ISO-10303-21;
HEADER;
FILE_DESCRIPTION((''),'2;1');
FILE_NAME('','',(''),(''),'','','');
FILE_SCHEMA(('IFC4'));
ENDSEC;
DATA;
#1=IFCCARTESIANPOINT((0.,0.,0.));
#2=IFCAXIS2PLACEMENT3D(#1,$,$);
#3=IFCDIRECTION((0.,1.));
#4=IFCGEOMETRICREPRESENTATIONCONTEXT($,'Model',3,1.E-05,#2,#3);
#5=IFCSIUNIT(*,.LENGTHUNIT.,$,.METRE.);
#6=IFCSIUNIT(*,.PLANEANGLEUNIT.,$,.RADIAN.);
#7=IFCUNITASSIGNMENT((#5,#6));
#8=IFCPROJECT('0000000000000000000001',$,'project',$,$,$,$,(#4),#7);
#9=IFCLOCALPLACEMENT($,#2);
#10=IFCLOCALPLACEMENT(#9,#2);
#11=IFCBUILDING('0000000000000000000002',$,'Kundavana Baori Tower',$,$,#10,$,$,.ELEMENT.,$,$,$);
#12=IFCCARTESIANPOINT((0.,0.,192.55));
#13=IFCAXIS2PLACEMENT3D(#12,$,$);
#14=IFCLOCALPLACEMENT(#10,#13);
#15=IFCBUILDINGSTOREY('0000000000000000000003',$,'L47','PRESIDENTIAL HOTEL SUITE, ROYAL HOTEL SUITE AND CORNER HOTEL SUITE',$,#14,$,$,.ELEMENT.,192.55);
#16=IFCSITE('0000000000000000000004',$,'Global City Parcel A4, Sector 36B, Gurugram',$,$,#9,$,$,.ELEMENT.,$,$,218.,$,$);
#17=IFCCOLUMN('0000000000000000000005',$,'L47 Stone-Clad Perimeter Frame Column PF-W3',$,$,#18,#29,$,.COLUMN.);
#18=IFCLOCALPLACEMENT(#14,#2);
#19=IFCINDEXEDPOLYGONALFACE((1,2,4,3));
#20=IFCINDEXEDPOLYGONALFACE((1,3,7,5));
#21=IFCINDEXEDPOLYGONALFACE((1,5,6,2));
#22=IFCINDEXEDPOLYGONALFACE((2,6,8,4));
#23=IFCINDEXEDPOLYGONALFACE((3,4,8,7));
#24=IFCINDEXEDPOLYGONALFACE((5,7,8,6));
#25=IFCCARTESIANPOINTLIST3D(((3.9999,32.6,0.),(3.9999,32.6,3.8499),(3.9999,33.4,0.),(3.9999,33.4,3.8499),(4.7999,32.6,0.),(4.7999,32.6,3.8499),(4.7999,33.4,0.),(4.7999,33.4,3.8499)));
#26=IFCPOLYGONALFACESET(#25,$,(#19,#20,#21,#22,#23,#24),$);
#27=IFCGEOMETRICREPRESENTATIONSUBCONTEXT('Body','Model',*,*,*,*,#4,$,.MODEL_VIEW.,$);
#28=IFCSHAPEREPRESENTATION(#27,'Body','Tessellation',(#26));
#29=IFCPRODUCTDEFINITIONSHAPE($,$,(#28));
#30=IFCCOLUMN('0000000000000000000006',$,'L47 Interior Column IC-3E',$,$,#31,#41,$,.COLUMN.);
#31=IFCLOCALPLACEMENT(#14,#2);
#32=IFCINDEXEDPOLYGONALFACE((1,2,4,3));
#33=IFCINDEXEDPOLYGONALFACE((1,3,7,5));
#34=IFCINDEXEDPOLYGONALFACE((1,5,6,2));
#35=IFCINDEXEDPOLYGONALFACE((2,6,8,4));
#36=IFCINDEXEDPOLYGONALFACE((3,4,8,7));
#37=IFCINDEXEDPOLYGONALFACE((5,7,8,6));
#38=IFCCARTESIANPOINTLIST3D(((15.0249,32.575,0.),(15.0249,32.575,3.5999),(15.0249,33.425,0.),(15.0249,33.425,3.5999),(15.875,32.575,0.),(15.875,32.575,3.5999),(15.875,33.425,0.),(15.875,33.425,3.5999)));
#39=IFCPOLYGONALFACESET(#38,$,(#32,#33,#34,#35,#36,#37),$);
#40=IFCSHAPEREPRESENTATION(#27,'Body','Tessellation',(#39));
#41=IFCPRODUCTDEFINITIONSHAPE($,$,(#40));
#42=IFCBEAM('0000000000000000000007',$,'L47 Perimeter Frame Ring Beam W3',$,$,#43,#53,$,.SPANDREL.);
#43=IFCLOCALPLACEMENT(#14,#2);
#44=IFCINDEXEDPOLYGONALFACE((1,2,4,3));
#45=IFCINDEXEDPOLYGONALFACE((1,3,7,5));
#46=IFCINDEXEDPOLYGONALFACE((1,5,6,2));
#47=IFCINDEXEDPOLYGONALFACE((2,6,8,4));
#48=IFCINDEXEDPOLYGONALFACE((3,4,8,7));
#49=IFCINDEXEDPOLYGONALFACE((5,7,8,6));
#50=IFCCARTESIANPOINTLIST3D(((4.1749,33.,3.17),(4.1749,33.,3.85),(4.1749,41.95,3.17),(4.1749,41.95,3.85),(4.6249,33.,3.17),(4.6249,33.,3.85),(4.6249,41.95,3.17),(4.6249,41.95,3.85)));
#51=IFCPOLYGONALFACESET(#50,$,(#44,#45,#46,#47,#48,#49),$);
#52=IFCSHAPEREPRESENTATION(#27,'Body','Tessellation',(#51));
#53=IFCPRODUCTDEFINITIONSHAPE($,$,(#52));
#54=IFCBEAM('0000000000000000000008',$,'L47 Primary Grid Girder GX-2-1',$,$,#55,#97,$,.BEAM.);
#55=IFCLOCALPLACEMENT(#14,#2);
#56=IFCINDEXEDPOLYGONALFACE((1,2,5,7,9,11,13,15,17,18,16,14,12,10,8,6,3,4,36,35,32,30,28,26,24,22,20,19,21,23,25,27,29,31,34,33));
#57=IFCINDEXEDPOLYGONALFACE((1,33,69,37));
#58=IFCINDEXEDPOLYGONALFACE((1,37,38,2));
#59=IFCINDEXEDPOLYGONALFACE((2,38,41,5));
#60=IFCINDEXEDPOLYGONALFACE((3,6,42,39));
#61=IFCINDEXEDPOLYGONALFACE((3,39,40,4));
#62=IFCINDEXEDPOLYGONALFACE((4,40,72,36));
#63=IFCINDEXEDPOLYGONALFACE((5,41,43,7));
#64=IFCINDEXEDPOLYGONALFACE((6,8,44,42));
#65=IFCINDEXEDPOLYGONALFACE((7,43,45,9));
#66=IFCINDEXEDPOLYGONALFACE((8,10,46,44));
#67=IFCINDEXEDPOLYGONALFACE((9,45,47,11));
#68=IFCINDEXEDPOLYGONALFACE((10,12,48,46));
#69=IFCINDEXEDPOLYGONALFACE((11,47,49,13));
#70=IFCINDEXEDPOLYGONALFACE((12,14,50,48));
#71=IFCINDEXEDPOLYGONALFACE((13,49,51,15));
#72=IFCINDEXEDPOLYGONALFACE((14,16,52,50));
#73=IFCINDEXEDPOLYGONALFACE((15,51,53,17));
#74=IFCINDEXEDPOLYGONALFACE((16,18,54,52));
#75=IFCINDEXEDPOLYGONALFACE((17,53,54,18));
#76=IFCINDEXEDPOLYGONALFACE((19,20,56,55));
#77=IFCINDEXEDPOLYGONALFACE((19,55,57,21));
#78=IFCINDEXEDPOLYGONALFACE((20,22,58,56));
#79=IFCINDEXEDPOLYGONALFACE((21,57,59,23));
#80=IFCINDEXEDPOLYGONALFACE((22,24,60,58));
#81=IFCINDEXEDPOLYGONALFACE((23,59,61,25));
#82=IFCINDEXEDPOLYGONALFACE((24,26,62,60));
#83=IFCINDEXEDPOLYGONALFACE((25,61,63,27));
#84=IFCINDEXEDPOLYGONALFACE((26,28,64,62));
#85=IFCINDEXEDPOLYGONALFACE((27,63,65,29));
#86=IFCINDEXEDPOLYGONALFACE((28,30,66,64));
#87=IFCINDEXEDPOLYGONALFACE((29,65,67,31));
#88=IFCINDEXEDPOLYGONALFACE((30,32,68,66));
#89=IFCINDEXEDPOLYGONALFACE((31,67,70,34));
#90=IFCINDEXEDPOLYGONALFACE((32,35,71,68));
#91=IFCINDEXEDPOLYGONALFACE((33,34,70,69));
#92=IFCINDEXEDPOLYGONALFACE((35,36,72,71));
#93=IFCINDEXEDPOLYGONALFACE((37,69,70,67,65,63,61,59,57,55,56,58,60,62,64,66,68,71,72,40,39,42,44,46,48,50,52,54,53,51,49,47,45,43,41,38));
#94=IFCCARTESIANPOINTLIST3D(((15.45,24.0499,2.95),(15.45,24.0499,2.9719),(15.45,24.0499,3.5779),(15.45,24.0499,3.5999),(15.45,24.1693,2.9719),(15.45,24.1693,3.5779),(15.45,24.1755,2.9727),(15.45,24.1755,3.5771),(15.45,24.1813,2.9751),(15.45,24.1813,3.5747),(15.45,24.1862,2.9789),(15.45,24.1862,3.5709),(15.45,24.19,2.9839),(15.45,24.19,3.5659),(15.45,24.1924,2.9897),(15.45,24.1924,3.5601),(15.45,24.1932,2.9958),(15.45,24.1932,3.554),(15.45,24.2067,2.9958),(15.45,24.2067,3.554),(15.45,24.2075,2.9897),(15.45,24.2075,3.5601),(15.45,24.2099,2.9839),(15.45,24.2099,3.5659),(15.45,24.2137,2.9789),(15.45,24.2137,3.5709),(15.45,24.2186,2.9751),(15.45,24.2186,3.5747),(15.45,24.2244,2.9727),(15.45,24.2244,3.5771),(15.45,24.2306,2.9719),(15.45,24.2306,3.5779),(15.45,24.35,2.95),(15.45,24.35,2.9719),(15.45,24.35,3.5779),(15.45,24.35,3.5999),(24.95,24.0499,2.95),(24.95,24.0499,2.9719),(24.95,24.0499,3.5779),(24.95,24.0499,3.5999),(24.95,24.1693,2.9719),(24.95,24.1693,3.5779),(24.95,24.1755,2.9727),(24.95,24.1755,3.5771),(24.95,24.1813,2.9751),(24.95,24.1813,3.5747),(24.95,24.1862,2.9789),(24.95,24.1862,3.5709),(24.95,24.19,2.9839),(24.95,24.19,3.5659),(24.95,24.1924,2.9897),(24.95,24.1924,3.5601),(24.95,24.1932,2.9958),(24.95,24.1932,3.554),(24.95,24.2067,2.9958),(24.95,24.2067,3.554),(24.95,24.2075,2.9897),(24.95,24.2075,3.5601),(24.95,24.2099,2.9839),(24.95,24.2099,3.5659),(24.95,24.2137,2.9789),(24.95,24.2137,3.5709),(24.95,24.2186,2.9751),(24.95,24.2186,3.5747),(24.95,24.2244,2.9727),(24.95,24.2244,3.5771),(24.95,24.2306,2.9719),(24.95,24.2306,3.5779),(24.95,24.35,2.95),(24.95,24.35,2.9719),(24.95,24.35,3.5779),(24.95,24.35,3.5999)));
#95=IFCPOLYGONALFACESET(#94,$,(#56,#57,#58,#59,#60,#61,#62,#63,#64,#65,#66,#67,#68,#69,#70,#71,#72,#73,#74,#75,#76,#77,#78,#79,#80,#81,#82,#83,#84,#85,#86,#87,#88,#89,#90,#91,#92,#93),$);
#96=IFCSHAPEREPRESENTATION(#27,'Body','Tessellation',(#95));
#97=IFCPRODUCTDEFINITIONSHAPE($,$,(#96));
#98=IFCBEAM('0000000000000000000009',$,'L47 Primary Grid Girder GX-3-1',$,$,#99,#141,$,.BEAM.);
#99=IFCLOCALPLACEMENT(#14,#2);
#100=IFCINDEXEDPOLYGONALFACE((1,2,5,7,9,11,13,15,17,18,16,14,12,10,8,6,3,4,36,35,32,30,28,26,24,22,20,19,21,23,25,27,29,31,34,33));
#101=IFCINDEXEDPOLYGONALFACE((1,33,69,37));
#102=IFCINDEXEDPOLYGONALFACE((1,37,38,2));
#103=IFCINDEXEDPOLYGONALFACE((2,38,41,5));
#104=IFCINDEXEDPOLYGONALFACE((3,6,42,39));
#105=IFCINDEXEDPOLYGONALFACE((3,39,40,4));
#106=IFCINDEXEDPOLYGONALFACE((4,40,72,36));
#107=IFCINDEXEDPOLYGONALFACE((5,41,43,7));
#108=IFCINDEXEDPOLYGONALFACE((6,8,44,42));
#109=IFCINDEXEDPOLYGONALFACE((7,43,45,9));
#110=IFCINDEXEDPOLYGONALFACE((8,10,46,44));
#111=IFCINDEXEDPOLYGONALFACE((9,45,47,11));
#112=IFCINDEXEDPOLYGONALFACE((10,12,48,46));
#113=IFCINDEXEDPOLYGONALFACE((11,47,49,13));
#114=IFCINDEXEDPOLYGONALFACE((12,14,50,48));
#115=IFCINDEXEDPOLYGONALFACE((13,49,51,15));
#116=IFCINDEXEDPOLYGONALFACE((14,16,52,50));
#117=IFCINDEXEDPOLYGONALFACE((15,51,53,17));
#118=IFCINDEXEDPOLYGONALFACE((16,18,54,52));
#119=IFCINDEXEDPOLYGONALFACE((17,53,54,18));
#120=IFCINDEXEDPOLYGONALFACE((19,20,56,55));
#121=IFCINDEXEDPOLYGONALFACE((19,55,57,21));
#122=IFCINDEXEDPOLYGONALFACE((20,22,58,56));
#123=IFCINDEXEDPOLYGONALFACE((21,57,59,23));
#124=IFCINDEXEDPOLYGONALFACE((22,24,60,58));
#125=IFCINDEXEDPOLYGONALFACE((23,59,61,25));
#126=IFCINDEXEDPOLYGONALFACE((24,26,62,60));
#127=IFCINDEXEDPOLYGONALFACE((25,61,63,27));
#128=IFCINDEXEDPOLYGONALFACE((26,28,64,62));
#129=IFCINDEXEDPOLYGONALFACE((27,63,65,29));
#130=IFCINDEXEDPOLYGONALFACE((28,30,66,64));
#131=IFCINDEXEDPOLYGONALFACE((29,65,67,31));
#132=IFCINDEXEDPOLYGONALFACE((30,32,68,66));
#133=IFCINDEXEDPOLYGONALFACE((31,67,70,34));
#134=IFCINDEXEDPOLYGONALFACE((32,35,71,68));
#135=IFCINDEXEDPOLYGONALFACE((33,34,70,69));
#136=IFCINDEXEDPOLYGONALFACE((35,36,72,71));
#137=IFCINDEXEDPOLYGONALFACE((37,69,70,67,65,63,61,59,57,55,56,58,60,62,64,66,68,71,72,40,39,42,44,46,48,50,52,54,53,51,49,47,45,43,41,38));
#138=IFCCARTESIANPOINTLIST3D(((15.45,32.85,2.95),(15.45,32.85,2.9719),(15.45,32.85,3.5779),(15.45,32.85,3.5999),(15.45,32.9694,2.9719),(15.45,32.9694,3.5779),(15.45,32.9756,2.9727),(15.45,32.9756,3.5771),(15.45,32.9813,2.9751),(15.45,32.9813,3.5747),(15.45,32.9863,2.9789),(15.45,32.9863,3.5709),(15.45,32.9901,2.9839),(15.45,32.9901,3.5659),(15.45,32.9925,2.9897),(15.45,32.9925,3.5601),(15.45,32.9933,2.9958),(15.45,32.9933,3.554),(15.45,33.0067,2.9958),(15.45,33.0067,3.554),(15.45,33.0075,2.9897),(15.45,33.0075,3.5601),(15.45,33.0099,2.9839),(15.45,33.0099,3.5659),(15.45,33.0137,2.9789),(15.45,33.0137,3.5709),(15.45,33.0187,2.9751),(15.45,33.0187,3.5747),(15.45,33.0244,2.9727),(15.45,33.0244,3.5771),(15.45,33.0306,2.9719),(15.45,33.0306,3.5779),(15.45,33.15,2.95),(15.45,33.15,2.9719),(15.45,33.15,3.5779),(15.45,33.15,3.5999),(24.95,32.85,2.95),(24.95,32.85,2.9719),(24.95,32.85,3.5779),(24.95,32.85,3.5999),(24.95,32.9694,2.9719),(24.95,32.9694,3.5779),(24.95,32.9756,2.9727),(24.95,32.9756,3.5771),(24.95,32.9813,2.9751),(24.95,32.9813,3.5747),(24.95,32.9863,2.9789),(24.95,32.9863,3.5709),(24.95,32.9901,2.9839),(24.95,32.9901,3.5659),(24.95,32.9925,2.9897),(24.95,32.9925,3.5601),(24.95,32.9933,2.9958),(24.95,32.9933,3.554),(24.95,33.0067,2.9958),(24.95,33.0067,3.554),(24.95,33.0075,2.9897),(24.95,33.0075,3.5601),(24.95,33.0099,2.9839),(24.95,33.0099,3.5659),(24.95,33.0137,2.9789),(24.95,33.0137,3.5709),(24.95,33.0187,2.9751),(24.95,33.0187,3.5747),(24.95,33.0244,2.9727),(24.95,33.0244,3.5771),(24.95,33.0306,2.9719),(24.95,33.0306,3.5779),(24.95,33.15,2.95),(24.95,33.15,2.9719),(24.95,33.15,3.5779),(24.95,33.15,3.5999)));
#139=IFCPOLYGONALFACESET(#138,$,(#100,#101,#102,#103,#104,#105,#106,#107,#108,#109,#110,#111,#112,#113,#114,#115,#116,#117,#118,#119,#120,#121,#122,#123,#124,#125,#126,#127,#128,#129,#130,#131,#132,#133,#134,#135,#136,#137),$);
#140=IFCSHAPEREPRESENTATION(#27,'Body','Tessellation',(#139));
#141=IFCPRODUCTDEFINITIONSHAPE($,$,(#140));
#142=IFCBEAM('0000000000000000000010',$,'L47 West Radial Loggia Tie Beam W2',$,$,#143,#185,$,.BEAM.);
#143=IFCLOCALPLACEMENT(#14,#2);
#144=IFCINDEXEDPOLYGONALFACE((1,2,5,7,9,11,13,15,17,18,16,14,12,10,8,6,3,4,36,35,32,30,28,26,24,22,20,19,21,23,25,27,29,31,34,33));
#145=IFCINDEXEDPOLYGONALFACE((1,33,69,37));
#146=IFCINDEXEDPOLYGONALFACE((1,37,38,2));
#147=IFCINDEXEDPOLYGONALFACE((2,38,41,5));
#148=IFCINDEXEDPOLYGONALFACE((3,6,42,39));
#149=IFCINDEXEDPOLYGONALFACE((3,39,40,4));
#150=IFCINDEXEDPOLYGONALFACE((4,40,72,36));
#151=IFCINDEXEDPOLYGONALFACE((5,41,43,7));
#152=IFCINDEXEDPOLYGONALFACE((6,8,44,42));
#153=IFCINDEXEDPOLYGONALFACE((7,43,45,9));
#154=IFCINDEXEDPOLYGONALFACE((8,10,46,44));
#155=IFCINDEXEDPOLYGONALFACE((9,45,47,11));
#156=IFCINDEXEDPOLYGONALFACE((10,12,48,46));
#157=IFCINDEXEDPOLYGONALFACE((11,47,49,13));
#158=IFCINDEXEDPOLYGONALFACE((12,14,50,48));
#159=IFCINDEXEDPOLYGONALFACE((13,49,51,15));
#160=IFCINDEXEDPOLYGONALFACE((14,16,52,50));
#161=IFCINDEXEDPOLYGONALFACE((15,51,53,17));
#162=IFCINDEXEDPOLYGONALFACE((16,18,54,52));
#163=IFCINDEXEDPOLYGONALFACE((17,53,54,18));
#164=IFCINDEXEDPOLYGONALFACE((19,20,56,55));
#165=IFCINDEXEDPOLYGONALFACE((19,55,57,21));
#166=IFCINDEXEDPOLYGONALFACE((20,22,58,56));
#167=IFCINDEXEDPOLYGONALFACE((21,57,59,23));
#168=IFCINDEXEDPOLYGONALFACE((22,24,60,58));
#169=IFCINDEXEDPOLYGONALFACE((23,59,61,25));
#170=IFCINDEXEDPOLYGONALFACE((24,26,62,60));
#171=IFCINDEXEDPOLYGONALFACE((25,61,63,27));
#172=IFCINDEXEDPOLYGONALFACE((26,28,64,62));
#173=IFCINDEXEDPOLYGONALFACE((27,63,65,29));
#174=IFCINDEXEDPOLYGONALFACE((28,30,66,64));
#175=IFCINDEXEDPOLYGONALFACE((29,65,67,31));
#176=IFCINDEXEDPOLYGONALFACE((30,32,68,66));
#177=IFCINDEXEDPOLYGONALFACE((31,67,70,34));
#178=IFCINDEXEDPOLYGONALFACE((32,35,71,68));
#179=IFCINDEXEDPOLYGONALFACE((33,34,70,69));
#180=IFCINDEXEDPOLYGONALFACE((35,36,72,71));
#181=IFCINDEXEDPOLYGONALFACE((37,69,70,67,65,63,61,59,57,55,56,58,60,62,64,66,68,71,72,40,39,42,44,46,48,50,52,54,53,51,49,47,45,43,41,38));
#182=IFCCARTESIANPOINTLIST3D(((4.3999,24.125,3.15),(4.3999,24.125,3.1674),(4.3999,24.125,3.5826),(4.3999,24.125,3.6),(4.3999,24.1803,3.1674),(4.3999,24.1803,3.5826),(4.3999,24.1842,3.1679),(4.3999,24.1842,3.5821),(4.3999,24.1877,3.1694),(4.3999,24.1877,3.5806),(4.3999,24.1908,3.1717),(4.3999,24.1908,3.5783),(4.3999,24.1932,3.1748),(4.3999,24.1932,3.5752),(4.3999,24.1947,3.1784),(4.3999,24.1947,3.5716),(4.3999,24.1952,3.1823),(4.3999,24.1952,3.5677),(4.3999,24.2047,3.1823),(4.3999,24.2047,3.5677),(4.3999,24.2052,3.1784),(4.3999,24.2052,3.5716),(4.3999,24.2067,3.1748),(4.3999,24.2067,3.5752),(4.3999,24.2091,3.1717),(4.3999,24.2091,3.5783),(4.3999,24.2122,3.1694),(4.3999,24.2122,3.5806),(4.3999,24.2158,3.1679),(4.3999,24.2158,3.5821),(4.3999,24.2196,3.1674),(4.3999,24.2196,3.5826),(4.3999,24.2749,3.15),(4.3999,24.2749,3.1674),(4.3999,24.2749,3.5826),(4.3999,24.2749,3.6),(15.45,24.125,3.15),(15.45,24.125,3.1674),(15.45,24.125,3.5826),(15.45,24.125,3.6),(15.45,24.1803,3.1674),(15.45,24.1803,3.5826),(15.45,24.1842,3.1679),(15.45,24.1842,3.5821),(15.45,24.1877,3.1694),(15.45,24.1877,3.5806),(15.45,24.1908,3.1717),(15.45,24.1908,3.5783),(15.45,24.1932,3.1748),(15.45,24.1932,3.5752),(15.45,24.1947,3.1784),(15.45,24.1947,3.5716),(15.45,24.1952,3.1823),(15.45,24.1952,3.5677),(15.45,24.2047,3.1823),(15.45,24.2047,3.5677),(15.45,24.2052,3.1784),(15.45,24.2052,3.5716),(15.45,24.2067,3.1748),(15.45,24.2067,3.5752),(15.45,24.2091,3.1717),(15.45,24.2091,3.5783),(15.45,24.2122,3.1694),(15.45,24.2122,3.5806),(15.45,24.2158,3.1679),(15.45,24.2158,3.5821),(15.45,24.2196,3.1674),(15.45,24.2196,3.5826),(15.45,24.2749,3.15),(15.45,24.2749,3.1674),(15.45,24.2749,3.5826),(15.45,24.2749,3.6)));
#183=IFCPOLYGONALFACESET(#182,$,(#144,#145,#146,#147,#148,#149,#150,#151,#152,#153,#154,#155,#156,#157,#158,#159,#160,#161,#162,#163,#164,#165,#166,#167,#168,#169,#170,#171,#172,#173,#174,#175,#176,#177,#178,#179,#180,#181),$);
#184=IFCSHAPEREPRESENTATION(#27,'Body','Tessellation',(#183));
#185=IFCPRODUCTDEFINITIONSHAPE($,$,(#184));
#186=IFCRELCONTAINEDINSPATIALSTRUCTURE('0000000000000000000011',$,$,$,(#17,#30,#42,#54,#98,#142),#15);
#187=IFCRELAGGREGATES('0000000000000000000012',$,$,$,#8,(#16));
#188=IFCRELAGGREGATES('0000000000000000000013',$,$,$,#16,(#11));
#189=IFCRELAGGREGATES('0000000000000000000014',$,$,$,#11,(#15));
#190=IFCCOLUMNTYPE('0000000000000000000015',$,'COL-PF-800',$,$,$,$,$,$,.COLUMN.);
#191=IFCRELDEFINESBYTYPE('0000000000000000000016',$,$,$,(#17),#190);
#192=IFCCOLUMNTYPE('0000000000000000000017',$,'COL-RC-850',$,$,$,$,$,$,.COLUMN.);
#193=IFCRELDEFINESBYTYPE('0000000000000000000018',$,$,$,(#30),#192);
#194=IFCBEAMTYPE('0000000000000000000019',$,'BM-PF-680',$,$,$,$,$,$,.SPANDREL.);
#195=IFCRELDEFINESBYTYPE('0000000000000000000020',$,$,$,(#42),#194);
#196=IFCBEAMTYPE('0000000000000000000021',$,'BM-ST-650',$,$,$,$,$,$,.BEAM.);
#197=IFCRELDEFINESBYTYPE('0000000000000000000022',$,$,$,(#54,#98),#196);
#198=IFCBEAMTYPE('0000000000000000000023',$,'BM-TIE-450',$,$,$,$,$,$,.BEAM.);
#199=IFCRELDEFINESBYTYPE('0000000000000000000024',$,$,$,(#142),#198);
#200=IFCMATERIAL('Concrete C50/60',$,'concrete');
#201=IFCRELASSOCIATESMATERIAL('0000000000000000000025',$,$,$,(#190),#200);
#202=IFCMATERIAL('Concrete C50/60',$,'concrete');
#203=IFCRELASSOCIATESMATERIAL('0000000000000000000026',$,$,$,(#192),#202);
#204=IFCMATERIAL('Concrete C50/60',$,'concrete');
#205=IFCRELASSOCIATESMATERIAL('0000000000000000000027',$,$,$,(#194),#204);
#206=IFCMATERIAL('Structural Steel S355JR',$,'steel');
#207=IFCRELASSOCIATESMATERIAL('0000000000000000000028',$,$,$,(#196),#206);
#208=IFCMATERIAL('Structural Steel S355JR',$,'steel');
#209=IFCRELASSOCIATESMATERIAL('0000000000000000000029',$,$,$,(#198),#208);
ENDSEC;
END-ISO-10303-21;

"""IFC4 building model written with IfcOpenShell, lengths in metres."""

from ifc_helpers import new_model, si_unit, direction, frame, origin, origin_2d, place, context, subcontext, project, spatial, rectangle, i_section, extrude, material, material_profile, profile_set, type_object, element, save


model = new_model("IFC4")

# Units and contexts
model_context = context("Model", 3, precision=1e-05, world=origin(), true_north=direction((0.0, 1.0)))
body_context = subcontext(model_context, "Body", "Model", "MODEL_VIEW")
ifc_project = project(units=[si_unit("LENGTHUNIT", "METRE"), si_unit("PLANEANGLEUNIT", "RADIAN")], contexts=[model_context])

# Site, building, storey
site_placement = place(None, origin())
site = spatial("IfcSite", under=ifc_project, at=site_placement, Name="Global City Parcel A4, Sector 36B, Gurugram", CompositionType="ELEMENT", RefElevation=218.0)
building_placement = place(site_placement, origin())
building = spatial("IfcBuilding", under=site, at=building_placement, Name="Kundavana Baori Tower", CompositionType="ELEMENT")
storey_placement = place(building_placement, frame((0.0, 0.0, 192.55)))
storey = spatial("IfcBuildingStorey", under=building, at=storey_placement, Name="L47", Description="PRESIDENTIAL HOTEL SUITE, ROYAL HOTEL SUITE AND CORNER HOTEL SUITE", CompositionType="ELEMENT", Elevation=192.55)

# Columns
ifc_material_1 = material(Name="Concrete C50/60", Category="concrete")
ifc_material_profile_1 = material_profile(ifc_material_1, rectangle(XDim=0.8, YDim=0.8, at=origin_2d()), Name="RC PF 800x800")
ifc_profile_set_1 = profile_set([ifc_material_profile_1], Name="Concrete C50/60")
column_type_1 = type_object("IfcColumnType", Name="COL-PF-800", PredefinedType="COLUMN", material=ifc_profile_set_1)
column_1_placement = place(storey_placement, frame((4.3999, 33.0, 0.0), z_axis=(0.0, 0.0, 1.0), x_axis=(1.0, 0.0, 0.0)))
element("IfcColumn", 1, at=column_1_placement, inside=storey, type_object=column_type_1, Name="L47 Stone-Clad Perimeter Frame Column PF-W3", PredefinedType="COLUMN", context=body_context, shape_type="SweptSolid", body=[
    extrude(rectangle(XDim=0.8, YDim=0.8, at=origin_2d()), origin(), (0.0, 0.0, 1.0), 3.8499),
])
ifc_material_2 = material(Name="Concrete C50/60", Category="concrete")
ifc_material_profile_2 = material_profile(ifc_material_2, rectangle(XDim=0.8501, YDim=0.8501, at=origin_2d()), Name="RC 850x850")
ifc_profile_set_2 = profile_set([ifc_material_profile_2], Name="Concrete C50/60")
column_type_2 = type_object("IfcColumnType", Name="COL-RC-850", PredefinedType="COLUMN", material=ifc_profile_set_2)
column_2_placement = place(storey_placement, frame((15.45, 33.0, 0.0), z_axis=(0.0, 0.0, 1.0), x_axis=(1.0, 0.0, 0.0)))
element("IfcColumn", 2, at=column_2_placement, inside=storey, type_object=column_type_2, Name="L47 Interior Column IC-3E", PredefinedType="COLUMN", context=body_context, shape_type="SweptSolid", body=[
    extrude(rectangle(XDim=0.8501, YDim=0.8501, at=origin_2d()), origin(), (0.0, 0.0, 1.0), 3.5999),
])

# Beams
ifc_material_3 = material(Name="Concrete C50/60", Category="concrete")
ifc_material_profile_3 = material_profile(ifc_material_3, rectangle(XDim=0.45, YDim=0.6799, at=origin_2d()), Name="RC BM 450x680")
ifc_profile_set_3 = profile_set([ifc_material_profile_3], Name="Concrete C50/60")
beam_type_1 = type_object("IfcBeamType", Name="BM-PF-680", PredefinedType="SPANDREL", material=ifc_profile_set_3)
beam_placement = place(storey_placement, frame((4.3999, 33.0, 3.51), z_axis=(0.0, 1.0, 0.0), x_axis=(-1.0, 0.0, 0.0)))
element("IfcBeam", 3, at=beam_placement, inside=storey, type_object=beam_type_1, Name="L47 Perimeter Frame Ring Beam W3", PredefinedType="SPANDREL", context=body_context, shape_type="SweptSolid", body=[
    extrude(rectangle(XDim=0.45, YDim=0.6799, at=origin_2d()), origin(), (0.0, 0.0, 1.0), 8.95),
])
ifc_material_4 = material(Name="Structural Steel S355JR", Category="steel")
ifc_material_profile_4 = material_profile(ifc_material_4, i_section(OverallWidth=0.3, OverallDepth=0.6499, WebThickness=0.0134, FlangeThickness=0.022, FilletRadius=0.0239, at=origin_2d()), Name="NPB 650x300x155")
ifc_profile_set_4 = profile_set([ifc_material_profile_4], Name="Structural Steel S355JR")
beam_type_2 = type_object("IfcBeamType", Name="BM-ST-650", PredefinedType="BEAM", material=ifc_profile_set_4)
for number, where, z_axis, x_axis, name in (
    (4, (15.45, 24.2, 3.2749), (1.0, 0.0, 0.0), (0.0, 1.0, 0.0), "L47 Primary Grid Girder GX-2-1"),
    (5, (15.45, 33.0, 3.2749), (1.0, 0.0, 0.0), (0.0, 1.0, 0.0), "L47 Primary Grid Girder GX-3-1"),
):
    element("IfcBeam", number, at=place(storey_placement, frame(where, z_axis=z_axis, x_axis=x_axis)), inside=storey, type_object=beam_type_2, Name=name, PredefinedType="BEAM", context=body_context, shape_type="SweptSolid", body=[
        extrude(i_section(OverallWidth=0.3, OverallDepth=0.6499, WebThickness=0.0134, FlangeThickness=0.022, FilletRadius=0.0239, at=origin_2d()), origin(), (0.0, 0.0, 1.0), 9.5),
    ])
ifc_material_5 = material(Name="Structural Steel S355JR", Category="steel")
ifc_material_profile_5 = material_profile(ifc_material_5, i_section(OverallWidth=0.1499, OverallDepth=0.45, WebThickness=0.0095, FlangeThickness=0.0173, FilletRadius=0.0149, at=origin_2d()), Name="ISMB 450")
ifc_profile_set_5 = profile_set([ifc_material_profile_5], Name="Structural Steel S355JR")
beam_type_3 = type_object("IfcBeamType", Name="BM-TIE-450", PredefinedType="BEAM", material=ifc_profile_set_5)
for number, where, z_axis, x_axis, name in (
    (6, (15.45, 24.2, 3.375), (-1.0, 0.0, 0.0), (0.0, -1.0, 0.0), "L47 West Radial Loggia Tie Beam W2"),
):
    element("IfcBeam", number, at=place(storey_placement, frame(where, z_axis=z_axis, x_axis=x_axis)), inside=storey, type_object=beam_type_3, Name=name, PredefinedType="BEAM", context=body_context, shape_type="SweptSolid", body=[
        extrude(i_section(OverallWidth=0.1499, OverallDepth=0.45, WebThickness=0.0095, FlangeThickness=0.0173, FilletRadius=0.0149, at=origin_2d()), origin(), (0.0, 0.0, 1.0), 11.05),
    ])

save(model, "model.ifc")
